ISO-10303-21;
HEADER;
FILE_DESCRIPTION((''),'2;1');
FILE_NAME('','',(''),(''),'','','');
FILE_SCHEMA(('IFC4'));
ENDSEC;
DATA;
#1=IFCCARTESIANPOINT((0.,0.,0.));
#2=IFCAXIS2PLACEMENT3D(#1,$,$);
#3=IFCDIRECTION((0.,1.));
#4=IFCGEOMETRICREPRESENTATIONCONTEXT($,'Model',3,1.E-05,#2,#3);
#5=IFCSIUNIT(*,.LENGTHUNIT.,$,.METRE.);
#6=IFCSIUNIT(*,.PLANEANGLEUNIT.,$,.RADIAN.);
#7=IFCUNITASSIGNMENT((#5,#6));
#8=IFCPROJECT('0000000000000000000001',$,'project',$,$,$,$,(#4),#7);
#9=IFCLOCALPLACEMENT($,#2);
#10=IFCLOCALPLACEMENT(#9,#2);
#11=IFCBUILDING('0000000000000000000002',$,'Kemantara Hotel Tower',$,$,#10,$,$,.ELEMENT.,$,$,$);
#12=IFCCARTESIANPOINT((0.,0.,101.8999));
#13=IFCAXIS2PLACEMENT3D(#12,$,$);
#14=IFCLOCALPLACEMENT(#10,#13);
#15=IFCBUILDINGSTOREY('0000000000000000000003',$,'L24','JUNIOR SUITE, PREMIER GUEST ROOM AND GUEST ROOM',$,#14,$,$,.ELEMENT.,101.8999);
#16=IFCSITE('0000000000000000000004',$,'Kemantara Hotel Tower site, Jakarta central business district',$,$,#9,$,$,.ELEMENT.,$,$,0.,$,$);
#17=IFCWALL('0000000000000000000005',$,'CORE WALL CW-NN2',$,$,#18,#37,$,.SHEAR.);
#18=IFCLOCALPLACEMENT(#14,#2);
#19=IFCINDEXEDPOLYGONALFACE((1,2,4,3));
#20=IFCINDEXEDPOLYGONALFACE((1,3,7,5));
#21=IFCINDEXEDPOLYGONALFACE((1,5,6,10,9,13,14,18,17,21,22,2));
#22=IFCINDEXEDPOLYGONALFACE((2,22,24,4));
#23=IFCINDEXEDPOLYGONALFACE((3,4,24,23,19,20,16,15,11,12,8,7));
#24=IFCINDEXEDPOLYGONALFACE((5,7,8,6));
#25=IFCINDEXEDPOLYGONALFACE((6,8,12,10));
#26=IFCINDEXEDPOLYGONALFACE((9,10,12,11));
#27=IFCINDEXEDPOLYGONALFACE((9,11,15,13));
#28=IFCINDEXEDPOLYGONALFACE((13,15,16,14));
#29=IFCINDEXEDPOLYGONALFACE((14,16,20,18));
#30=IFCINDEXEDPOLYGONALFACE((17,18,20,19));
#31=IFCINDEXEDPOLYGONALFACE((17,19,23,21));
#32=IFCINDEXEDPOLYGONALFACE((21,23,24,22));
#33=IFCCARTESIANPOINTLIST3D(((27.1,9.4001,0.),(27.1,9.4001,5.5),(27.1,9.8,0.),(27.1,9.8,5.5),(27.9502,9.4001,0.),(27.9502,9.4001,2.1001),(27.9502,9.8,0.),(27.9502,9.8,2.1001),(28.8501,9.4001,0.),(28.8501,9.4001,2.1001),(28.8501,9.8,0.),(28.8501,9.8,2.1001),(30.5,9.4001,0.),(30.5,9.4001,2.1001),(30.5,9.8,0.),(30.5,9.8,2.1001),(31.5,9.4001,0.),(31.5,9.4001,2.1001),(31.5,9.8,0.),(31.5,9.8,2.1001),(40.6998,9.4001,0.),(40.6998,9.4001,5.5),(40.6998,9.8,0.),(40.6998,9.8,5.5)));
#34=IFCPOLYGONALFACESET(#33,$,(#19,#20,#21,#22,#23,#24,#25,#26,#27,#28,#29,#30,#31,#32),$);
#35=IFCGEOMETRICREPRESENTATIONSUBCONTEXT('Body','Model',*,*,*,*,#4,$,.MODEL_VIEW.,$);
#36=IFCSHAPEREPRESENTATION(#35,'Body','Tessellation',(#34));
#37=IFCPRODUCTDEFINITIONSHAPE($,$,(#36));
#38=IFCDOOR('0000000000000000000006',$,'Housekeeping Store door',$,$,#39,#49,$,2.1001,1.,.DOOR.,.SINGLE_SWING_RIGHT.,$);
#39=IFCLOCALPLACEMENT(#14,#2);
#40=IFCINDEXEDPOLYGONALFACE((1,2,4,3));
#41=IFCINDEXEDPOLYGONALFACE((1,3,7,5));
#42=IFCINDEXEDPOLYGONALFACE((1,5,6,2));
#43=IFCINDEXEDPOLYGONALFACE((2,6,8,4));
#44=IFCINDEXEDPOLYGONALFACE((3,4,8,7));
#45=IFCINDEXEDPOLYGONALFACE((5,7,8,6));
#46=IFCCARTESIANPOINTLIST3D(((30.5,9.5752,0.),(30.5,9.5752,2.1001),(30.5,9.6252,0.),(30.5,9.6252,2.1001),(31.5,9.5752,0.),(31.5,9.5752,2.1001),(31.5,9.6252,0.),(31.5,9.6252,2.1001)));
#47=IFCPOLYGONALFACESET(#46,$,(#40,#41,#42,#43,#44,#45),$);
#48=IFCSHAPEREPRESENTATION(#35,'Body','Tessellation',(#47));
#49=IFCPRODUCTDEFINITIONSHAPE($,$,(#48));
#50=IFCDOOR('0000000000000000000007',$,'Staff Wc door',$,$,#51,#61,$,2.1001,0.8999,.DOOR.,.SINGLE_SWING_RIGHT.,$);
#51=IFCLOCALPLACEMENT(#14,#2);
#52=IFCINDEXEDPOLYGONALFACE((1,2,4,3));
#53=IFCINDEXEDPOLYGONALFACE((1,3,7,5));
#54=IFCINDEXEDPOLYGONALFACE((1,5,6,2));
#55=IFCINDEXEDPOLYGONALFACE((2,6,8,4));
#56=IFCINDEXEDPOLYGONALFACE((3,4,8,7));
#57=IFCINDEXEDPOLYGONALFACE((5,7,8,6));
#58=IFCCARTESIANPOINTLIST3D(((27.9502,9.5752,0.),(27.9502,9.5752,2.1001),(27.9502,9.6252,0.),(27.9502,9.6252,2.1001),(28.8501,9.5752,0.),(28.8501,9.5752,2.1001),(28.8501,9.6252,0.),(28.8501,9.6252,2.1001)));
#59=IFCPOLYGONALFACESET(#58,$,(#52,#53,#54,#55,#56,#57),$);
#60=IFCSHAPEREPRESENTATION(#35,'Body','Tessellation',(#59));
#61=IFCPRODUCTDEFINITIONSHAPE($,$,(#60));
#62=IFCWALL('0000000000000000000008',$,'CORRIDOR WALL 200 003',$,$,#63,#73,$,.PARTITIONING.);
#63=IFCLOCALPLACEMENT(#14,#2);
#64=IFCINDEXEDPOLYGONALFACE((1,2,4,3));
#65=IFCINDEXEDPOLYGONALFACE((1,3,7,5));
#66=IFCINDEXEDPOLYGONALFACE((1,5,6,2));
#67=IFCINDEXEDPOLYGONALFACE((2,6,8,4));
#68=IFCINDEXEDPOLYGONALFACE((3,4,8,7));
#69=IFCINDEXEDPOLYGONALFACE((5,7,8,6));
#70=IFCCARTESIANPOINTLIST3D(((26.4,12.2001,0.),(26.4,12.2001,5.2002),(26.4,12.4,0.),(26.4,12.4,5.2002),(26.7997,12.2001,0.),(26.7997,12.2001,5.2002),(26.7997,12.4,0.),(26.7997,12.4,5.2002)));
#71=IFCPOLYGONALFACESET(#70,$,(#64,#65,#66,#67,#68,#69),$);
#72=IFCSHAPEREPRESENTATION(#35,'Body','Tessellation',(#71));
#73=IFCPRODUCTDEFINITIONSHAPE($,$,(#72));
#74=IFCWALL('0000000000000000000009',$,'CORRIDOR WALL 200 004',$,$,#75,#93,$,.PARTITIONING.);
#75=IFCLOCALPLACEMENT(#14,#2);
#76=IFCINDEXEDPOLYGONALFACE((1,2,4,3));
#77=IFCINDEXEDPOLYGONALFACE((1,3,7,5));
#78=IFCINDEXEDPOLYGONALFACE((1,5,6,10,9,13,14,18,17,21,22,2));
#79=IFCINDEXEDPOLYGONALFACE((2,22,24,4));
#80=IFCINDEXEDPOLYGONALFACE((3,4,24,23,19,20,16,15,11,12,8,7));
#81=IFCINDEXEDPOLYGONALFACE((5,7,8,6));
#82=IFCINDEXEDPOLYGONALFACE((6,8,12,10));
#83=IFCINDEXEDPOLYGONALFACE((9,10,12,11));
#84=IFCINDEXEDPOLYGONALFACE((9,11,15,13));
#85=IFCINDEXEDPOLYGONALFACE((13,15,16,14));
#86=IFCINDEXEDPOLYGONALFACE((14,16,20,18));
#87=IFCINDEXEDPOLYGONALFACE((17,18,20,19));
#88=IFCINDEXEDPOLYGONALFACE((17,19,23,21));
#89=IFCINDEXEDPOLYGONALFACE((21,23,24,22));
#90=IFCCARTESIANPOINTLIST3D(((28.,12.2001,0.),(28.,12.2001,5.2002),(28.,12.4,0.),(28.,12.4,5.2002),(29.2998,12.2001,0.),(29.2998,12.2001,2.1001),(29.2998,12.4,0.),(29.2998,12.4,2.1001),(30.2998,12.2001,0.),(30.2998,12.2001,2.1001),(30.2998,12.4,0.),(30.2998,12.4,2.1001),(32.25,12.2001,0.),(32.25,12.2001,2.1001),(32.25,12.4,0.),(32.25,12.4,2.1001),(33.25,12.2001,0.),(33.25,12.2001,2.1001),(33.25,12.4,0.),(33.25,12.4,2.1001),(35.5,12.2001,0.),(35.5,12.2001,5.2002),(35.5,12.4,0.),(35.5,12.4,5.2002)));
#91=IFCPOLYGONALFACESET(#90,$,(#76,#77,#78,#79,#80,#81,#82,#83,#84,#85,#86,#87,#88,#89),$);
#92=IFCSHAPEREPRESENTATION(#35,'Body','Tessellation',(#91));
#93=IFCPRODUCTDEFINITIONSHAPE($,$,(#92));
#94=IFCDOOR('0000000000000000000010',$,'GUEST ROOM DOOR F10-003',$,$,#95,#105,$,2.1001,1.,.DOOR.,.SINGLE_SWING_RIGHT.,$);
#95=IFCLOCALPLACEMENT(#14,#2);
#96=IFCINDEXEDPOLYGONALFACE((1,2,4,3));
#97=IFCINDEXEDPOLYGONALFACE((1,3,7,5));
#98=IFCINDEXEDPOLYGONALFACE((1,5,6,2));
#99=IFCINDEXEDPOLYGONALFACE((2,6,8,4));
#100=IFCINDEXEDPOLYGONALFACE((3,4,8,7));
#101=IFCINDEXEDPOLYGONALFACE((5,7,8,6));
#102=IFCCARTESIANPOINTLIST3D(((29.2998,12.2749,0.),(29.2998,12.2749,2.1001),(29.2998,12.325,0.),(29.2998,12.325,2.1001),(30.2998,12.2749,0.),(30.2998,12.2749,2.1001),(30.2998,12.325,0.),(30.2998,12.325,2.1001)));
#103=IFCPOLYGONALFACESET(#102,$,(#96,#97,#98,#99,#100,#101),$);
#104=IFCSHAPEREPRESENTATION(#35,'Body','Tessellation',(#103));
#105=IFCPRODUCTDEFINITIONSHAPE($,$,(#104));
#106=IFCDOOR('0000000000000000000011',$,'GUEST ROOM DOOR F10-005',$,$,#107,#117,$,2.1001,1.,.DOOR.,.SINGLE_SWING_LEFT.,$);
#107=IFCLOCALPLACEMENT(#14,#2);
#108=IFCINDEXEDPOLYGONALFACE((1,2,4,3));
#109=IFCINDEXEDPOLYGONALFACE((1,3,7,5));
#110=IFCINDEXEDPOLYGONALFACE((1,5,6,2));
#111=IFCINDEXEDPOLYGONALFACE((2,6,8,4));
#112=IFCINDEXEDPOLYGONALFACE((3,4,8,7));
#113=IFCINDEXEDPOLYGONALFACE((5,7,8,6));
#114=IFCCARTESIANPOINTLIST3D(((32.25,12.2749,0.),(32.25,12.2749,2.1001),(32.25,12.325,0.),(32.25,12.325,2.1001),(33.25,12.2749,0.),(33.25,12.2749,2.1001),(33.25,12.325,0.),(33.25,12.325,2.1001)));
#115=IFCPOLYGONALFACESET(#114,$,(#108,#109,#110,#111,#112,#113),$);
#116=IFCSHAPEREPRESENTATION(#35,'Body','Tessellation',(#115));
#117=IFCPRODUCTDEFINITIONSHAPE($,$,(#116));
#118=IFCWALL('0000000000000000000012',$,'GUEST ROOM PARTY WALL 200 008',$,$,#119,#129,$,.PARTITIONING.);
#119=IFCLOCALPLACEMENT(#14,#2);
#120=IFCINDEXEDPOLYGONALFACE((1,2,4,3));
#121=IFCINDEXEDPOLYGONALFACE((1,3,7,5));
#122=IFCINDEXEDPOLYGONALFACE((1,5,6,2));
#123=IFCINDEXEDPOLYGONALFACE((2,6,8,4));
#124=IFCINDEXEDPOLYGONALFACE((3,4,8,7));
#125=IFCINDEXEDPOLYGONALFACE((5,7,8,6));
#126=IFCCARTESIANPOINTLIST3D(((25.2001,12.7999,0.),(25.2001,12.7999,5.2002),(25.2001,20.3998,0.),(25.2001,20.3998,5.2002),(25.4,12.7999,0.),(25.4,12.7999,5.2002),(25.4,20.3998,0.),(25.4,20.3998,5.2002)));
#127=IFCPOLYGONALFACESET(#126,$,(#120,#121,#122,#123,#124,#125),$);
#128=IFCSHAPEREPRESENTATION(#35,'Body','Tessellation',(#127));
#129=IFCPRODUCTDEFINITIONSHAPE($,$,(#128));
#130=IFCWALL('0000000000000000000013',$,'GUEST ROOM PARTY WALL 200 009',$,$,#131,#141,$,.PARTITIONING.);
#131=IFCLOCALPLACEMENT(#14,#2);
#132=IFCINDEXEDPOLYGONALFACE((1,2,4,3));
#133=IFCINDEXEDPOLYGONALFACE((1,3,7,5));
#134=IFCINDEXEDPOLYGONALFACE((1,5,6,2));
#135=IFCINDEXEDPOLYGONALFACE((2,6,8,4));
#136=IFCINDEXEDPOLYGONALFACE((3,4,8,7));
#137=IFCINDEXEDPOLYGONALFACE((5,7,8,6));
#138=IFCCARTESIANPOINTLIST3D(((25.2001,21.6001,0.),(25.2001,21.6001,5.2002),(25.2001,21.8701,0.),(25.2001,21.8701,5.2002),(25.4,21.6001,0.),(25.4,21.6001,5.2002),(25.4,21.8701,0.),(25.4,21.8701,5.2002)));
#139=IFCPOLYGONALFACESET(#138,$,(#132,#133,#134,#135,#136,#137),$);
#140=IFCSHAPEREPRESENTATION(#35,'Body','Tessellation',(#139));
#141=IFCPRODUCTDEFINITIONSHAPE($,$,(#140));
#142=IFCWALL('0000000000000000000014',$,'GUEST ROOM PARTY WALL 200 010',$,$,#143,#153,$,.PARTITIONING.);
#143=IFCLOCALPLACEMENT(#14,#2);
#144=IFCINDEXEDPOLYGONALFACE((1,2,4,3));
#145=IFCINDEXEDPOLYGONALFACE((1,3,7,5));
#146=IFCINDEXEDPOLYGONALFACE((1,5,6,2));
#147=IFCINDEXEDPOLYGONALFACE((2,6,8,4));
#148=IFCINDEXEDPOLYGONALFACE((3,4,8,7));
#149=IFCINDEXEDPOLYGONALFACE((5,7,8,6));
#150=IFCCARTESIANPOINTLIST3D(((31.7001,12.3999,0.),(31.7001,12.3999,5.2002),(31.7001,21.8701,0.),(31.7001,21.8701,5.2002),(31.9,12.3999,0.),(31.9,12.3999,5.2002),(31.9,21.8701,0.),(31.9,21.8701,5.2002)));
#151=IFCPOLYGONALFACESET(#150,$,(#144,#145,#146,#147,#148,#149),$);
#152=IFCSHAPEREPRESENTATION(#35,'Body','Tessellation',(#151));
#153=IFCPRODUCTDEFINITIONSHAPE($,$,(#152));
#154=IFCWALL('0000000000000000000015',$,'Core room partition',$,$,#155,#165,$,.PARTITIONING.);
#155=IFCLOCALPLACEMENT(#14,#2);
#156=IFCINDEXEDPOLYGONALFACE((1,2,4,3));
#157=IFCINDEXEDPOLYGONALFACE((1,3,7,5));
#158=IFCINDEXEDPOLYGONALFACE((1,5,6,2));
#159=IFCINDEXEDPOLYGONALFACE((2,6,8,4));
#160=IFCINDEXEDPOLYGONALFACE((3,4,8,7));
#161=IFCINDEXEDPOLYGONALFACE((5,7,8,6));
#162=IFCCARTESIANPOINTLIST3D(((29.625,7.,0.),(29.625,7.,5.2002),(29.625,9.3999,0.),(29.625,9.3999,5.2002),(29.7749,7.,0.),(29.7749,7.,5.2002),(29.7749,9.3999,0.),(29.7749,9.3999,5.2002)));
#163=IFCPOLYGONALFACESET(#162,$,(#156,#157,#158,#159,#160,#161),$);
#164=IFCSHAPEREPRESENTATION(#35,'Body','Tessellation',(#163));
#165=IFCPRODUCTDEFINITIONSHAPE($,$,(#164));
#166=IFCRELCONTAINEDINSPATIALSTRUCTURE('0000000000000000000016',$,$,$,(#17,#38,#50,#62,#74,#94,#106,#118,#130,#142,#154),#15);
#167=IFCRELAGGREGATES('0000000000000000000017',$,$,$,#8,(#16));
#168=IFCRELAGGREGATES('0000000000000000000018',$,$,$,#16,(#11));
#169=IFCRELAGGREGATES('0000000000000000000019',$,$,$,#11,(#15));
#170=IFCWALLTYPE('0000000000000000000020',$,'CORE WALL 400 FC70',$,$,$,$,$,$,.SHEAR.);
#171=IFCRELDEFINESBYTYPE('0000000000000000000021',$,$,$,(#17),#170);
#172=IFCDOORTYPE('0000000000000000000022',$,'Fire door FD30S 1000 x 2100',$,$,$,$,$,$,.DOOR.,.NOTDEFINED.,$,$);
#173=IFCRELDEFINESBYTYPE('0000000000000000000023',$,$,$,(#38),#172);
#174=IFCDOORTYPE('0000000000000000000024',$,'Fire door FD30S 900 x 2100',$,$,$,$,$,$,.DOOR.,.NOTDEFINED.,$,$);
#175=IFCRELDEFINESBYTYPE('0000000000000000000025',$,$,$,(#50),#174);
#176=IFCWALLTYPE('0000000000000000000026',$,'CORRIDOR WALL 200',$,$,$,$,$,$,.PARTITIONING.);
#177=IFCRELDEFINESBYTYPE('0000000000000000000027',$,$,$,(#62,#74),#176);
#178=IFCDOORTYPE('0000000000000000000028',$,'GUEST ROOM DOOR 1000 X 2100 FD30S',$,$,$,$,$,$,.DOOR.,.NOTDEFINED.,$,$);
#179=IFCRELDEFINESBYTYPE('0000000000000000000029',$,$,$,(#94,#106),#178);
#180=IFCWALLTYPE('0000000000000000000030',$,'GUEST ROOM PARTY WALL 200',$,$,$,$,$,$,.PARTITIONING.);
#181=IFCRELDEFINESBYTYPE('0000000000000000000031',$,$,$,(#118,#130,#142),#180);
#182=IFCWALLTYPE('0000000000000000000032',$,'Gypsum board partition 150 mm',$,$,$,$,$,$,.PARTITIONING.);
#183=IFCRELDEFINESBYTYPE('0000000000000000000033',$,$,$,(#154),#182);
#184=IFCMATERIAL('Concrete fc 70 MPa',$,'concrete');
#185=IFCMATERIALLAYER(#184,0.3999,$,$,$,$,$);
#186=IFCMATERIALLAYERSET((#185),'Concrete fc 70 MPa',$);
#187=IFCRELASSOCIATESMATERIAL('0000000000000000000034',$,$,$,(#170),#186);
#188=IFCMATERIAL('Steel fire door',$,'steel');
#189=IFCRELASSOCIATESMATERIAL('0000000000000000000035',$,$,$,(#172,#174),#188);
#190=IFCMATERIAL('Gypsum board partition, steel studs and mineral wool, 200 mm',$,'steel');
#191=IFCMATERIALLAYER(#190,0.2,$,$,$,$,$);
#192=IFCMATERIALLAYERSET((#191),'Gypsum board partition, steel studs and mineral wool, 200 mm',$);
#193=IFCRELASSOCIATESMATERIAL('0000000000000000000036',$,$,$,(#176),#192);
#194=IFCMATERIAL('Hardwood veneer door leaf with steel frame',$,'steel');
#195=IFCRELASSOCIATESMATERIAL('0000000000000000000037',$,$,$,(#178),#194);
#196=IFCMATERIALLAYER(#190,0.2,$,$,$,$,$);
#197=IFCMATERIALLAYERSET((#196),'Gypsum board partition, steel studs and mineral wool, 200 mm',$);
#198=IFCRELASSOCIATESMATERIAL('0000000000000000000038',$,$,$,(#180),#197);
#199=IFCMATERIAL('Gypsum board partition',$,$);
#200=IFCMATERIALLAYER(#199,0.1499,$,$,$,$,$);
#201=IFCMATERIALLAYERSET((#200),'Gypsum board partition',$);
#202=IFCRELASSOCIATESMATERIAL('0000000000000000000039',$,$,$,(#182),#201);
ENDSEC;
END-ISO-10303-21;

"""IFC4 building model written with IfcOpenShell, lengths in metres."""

from ifc_helpers import new_model, si_unit, direction, frame, frame_2d, origin, place, context, subcontext, project, spatial, rectangle, extrude, material, layer, layer_set, type_object, element, fill, save


model = new_model("IFC4")

# Units and contexts
model_context = context("Model", 3, precision=1e-05, world=origin(), true_north=direction((0.0, 1.0)))
body_context = subcontext(model_context, "Body", "Model", "MODEL_VIEW")
ifc_project = project(units=[si_unit("LENGTHUNIT", "METRE"), si_unit("PLANEANGLEUNIT", "RADIAN")], contexts=[model_context])

# Site, building, storey
site_placement = place(None, origin())
site = spatial("IfcSite", under=ifc_project, at=site_placement, Name="Kemantara Hotel Tower site, Jakarta central business district", CompositionType="ELEMENT", RefElevation=0.0)
building_placement = place(site_placement, origin())
building = spatial("IfcBuilding", under=site, at=building_placement, Name="Kemantara Hotel Tower", CompositionType="ELEMENT")
storey_placement = place(building_placement, frame((0.0, 0.0, 101.8999)))
storey = spatial("IfcBuildingStorey", under=building, at=storey_placement, Name="L24", Description="JUNIOR SUITE, PREMIER GUEST ROOM AND GUEST ROOM", CompositionType="ELEMENT", Elevation=101.8999)

# Shared definitions
ifc_material_1 = material(Name="Concrete fc 70 MPa", Category="concrete")

# Shared definitions
ifc_layer_1 = layer(ifc_material_1, 0.3999)
ifc_layer_set_1 = layer_set([ifc_layer_1], Name="Concrete fc 70 MPa")
wall_type_1 = type_object("IfcWallType", Name="CORE WALL 400 FC70", PredefinedType="SHEAR", material=ifc_layer_set_1)

# Wall, openings, doors
wall_1_placement = place(storey_placement, frame((27.1001, 9.6001, 0.0), z_axis=(0.0, 0.0, 1.0), x_axis=(1.0, 0.0, 0.0)))
wall_1 = element("IfcWall", 1, at=wall_1_placement, inside=storey, type_object=wall_type_1, Name="CORE WALL CW-NN2", PredefinedType="SHEAR", context=body_context, shape_type="SweptSolid", body=[
    extrude(rectangle(XDim=13.5999, YDim=0.3999, at=frame_2d((6.7998, 0.0))), origin(), (0.0, 0.0, 1.0), 5.5),
])
opening_1_placement = place(wall_1_placement, frame((0.8501, 0.0, 0.0)))
opening_1 = element("IfcOpeningElement", 2, at=opening_1_placement, cuts=wall_1, PredefinedType="OPENING", context=body_context, shape_type="SweptSolid", body=[
    extrude(rectangle(XDim=0.8999, YDim=2.1001, at=frame_2d((0.45, 1.05))), frame((0.0, 0.21, 0.0), z_axis=(0.0, -1.0, 0.0), x_axis=(1.0, 0.0, 0.0)), (0.0, 0.0, 1.0), 0.4199),
])
opening_2_placement = place(wall_1_placement, frame((3.3999, 0.0, 0.0)))
opening_2 = element("IfcOpeningElement", 3, at=opening_2_placement, cuts=wall_1, PredefinedType="OPENING", context=body_context, shape_type="SweptSolid", body=[
    extrude(rectangle(XDim=1.0, YDim=2.1001, at=frame_2d((0.5, 1.05))), frame((0.0, 0.21, 0.0), z_axis=(0.0, -1.0, 0.0), x_axis=(1.0, 0.0, 0.0)), (0.0, 0.0, 1.0), 0.4199),
])
ifc_material_2 = material(Name="Steel fire door", Category="steel")
door_type_1 = type_object("IfcDoorType", Name="Fire door FD30S 1000 x 2100", OperationType="NOTDEFINED", PredefinedType="DOOR", material=ifc_material_2)
door_1_placement = place(opening_2_placement, frame((1.0, 0.0, 0.0), z_axis=(0.0, 0.0, 1.0), x_axis=(-1.0, 0.0, 0.0)))
door_1 = element("IfcDoor", 4, at=door_1_placement, inside=storey, type_object=door_type_1, Name="Housekeeping Store door", OperationType="SINGLE_SWING_RIGHT", OverallHeight=2.1001, OverallWidth=1.0, PredefinedType="DOOR", context=body_context, shape_type="SweptSolid", body=[
    extrude(rectangle(XDim=1.0, YDim=2.1001, at=frame_2d((0.5, 1.05))), frame((0.0, 0.0249, 0.0), z_axis=(0.0, -1.0, 0.0), x_axis=(1.0, 0.0, 0.0)), (0.0, 0.0, 1.0), 0.05),
])
fill(opening_2, door_1)
door_type_2 = type_object("IfcDoorType", Name="Fire door FD30S 900 x 2100", OperationType="NOTDEFINED", PredefinedType="DOOR", material=ifc_material_2)
door_2_placement = place(opening_1_placement, frame((0.8999, 0.0, 0.0), z_axis=(0.0, 0.0, 1.0), x_axis=(-1.0, 0.0, 0.0)))
door_2 = element("IfcDoor", 5, at=door_2_placement, inside=storey, type_object=door_type_2, Name="Staff Wc door", OperationType="SINGLE_SWING_RIGHT", OverallHeight=2.1001, OverallWidth=0.8999, PredefinedType="DOOR", context=body_context, shape_type="SweptSolid", body=[
    extrude(rectangle(XDim=0.8999, YDim=2.1001, at=frame_2d((0.45, 1.05))), frame((0.0, 0.0249, 0.0), z_axis=(0.0, -1.0, 0.0), x_axis=(1.0, 0.0, 0.0)), (0.0, 0.0, 1.0), 0.05),
])
fill(opening_1, door_2)

# Wall
ifc_material_3 = material(Name="Gypsum board partition, steel studs and mineral wool, 200 mm", Category="steel")
ifc_layer_2 = layer(ifc_material_3, 0.2)
ifc_layer_set_2 = layer_set([ifc_layer_2], Name="Gypsum board partition, steel studs and mineral wool, 200 mm")
wall_type_2 = type_object("IfcWallType", Name="CORRIDOR WALL 200", PredefinedType="PARTITIONING", material=ifc_layer_set_2)
wall_2_placement = place(storey_placement, frame((26.4001, 12.3, 0.0), z_axis=(0.0, 0.0, 1.0), x_axis=(1.0, 0.0, 0.0)))
element("IfcWall", 6, at=wall_2_placement, inside=storey, type_object=wall_type_2, Name="CORRIDOR WALL 200 003", PredefinedType="PARTITIONING", context=body_context, shape_type="SweptSolid", body=[
    extrude(rectangle(XDim=0.3997, YDim=0.2, at=frame_2d((0.1997, 0.0))), origin(), (0.0, 0.0, 1.0), 5.2002),
])

# Wall, openings, doors
wall_3_placement = place(storey_placement, frame((28.0, 12.3, 0.0), z_axis=(0.0, 0.0, 1.0), x_axis=(1.0, 0.0, 0.0)))
wall_3 = element("IfcWall", 7, at=wall_3_placement, inside=storey, type_object=wall_type_2, Name="CORRIDOR WALL 200 004", PredefinedType="PARTITIONING", context=body_context, shape_type="SweptSolid", body=[
    extrude(rectangle(XDim=7.5, YDim=0.2, at=frame_2d((3.75, 0.0))), origin(), (0.0, 0.0, 1.0), 5.2002),
])
opening_3_placement = place(wall_3_placement, frame((1.2998, 0.0, 0.0)))
opening_3 = element("IfcOpeningElement", 8, at=opening_3_placement, cuts=wall_3, PredefinedType="OPENING", context=body_context, shape_type="SweptSolid", body=[
    extrude(rectangle(XDim=1.0, YDim=2.1001, at=frame_2d((0.5, 1.05))), frame((0.0, 0.1099, 0.0), z_axis=(0.0, -1.0, 0.0), x_axis=(1.0, 0.0, 0.0)), (0.0, 0.0, 1.0), 0.22),
])
opening_4_placement = place(wall_3_placement, frame((4.25, 0.0, 0.0)))
opening_4 = element("IfcOpeningElement", 9, at=opening_4_placement, cuts=wall_3, PredefinedType="OPENING", context=body_context, shape_type="SweptSolid", body=[
    extrude(rectangle(XDim=1.0, YDim=2.1001, at=frame_2d((0.5, 1.05))), frame((0.0, 0.1099, 0.0), z_axis=(0.0, -1.0, 0.0), x_axis=(1.0, 0.0, 0.0)), (0.0, 0.0, 1.0), 0.22),
])
ifc_material_4 = material(Name="Hardwood veneer door leaf with steel frame", Category="steel")
door_type_3 = type_object("IfcDoorType", Name="GUEST ROOM DOOR 1000 X 2100 FD30S", OperationType="NOTDEFINED", PredefinedType="DOOR", material=ifc_material_4)
door_3_placement = place(opening_3_placement, origin())
door_3 = element("IfcDoor", 10, at=door_3_placement, inside=storey, type_object=door_type_3, Name="GUEST ROOM DOOR F10-003", OperationType="SINGLE_SWING_RIGHT", OverallHeight=2.1001, OverallWidth=1.0, PredefinedType="DOOR", context=body_context, shape_type="SweptSolid", body=[
    extrude(rectangle(XDim=1.0, YDim=2.1001, at=frame_2d((0.5, 1.05))), frame((0.0, 0.0249, 0.0), z_axis=(0.0, -1.0, 0.0), x_axis=(1.0, 0.0, 0.0)), (0.0, 0.0, 1.0), 0.05),
])
fill(opening_3, door_3)
door_4_placement = place(opening_4_placement, origin())
door_4 = element("IfcDoor", 11, at=door_4_placement, inside=storey, type_object=door_type_3, Name="GUEST ROOM DOOR F10-005", OperationType="SINGLE_SWING_LEFT", OverallHeight=2.1001, OverallWidth=1.0, PredefinedType="DOOR", context=body_context, shape_type="SweptSolid", body=[
    extrude(rectangle(XDim=1.0, YDim=2.1001, at=frame_2d((0.5, 1.05))), frame((0.0, 0.0249, 0.0), z_axis=(0.0, -1.0, 0.0), x_axis=(1.0, 0.0, 0.0)), (0.0, 0.0, 1.0), 0.05),
])
fill(opening_4, door_4)

# Walls
ifc_layer_3 = layer(ifc_material_3, 0.2)
ifc_layer_set_3 = layer_set([ifc_layer_3], Name="Gypsum board partition, steel studs and mineral wool, 200 mm")
wall_type_3 = type_object("IfcWallType", Name="GUEST ROOM PARTY WALL 200", PredefinedType="PARTITIONING", material=ifc_layer_set_3)
wall_4_placement = place(storey_placement, frame((25.3, 12.8, 0.0), z_axis=(0.0, 0.0, 1.0), x_axis=(0.0, 1.0, 0.0)))
element("IfcWall", 12, at=wall_4_placement, inside=storey, type_object=wall_type_3, Name="GUEST ROOM PARTY WALL 200 008", PredefinedType="PARTITIONING", context=body_context, shape_type="SweptSolid", body=[
    extrude(rectangle(XDim=7.5999, YDim=0.2, at=frame_2d((3.7998, 0.0))), origin(), (0.0, 0.0, 1.0), 5.2002),
])
wall_5_placement = place(storey_placement, frame((25.3, 21.6001, 0.0), z_axis=(0.0, 0.0, 1.0), x_axis=(0.0, 1.0, 0.0)))
element("IfcWall", 13, at=wall_5_placement, inside=storey, type_object=wall_type_3, Name="GUEST ROOM PARTY WALL 200 009", PredefinedType="PARTITIONING", context=body_context, shape_type="SweptSolid", body=[
    extrude(rectangle(XDim=0.27, YDim=0.2, at=frame_2d((0.135, 0.0))), origin(), (0.0, 0.0, 1.0), 5.2002),
])
wall_6_placement = place(storey_placement, frame((31.8, 12.3999, 0.0), z_axis=(0.0, 0.0, 1.0), x_axis=(0.0, 1.0, 0.0)))
element("IfcWall", 14, at=wall_6_placement, inside=storey, type_object=wall_type_3, Name="GUEST ROOM PARTY WALL 200 010", PredefinedType="PARTITIONING", context=body_context, shape_type="SweptSolid", body=[
    extrude(rectangle(XDim=9.4702, YDim=0.2, at=frame_2d((4.7351, 0.0))), origin(), (0.0, 0.0, 1.0), 5.2002),
])
ifc_material_5 = material(Name="Gypsum board partition")
ifc_layer_4 = layer(ifc_material_5, 0.1499)
ifc_layer_set_4 = layer_set([ifc_layer_4], Name="Gypsum board partition")
wall_type_4 = type_object("IfcWallType", Name="Gypsum board partition 150 mm", PredefinedType="PARTITIONING", material=ifc_layer_set_4)
wall_7_placement = place(storey_placement, frame((29.7, 7.0, 0.0), z_axis=(0.0, 0.0, 1.0), x_axis=(0.0, 1.0, 0.0)))
element("IfcWall", 15, at=wall_7_placement, inside=storey, type_object=wall_type_4, Name="Core room partition", PredefinedType="PARTITIONING", context=body_context, shape_type="SweptSolid", body=[
    extrude(rectangle(XDim=2.3999, YDim=0.1499, at=frame_2d((1.2, 0.0))), origin(), (0.0, 0.0, 1.0), 5.2002),
])

save(model, "model.ifc")
